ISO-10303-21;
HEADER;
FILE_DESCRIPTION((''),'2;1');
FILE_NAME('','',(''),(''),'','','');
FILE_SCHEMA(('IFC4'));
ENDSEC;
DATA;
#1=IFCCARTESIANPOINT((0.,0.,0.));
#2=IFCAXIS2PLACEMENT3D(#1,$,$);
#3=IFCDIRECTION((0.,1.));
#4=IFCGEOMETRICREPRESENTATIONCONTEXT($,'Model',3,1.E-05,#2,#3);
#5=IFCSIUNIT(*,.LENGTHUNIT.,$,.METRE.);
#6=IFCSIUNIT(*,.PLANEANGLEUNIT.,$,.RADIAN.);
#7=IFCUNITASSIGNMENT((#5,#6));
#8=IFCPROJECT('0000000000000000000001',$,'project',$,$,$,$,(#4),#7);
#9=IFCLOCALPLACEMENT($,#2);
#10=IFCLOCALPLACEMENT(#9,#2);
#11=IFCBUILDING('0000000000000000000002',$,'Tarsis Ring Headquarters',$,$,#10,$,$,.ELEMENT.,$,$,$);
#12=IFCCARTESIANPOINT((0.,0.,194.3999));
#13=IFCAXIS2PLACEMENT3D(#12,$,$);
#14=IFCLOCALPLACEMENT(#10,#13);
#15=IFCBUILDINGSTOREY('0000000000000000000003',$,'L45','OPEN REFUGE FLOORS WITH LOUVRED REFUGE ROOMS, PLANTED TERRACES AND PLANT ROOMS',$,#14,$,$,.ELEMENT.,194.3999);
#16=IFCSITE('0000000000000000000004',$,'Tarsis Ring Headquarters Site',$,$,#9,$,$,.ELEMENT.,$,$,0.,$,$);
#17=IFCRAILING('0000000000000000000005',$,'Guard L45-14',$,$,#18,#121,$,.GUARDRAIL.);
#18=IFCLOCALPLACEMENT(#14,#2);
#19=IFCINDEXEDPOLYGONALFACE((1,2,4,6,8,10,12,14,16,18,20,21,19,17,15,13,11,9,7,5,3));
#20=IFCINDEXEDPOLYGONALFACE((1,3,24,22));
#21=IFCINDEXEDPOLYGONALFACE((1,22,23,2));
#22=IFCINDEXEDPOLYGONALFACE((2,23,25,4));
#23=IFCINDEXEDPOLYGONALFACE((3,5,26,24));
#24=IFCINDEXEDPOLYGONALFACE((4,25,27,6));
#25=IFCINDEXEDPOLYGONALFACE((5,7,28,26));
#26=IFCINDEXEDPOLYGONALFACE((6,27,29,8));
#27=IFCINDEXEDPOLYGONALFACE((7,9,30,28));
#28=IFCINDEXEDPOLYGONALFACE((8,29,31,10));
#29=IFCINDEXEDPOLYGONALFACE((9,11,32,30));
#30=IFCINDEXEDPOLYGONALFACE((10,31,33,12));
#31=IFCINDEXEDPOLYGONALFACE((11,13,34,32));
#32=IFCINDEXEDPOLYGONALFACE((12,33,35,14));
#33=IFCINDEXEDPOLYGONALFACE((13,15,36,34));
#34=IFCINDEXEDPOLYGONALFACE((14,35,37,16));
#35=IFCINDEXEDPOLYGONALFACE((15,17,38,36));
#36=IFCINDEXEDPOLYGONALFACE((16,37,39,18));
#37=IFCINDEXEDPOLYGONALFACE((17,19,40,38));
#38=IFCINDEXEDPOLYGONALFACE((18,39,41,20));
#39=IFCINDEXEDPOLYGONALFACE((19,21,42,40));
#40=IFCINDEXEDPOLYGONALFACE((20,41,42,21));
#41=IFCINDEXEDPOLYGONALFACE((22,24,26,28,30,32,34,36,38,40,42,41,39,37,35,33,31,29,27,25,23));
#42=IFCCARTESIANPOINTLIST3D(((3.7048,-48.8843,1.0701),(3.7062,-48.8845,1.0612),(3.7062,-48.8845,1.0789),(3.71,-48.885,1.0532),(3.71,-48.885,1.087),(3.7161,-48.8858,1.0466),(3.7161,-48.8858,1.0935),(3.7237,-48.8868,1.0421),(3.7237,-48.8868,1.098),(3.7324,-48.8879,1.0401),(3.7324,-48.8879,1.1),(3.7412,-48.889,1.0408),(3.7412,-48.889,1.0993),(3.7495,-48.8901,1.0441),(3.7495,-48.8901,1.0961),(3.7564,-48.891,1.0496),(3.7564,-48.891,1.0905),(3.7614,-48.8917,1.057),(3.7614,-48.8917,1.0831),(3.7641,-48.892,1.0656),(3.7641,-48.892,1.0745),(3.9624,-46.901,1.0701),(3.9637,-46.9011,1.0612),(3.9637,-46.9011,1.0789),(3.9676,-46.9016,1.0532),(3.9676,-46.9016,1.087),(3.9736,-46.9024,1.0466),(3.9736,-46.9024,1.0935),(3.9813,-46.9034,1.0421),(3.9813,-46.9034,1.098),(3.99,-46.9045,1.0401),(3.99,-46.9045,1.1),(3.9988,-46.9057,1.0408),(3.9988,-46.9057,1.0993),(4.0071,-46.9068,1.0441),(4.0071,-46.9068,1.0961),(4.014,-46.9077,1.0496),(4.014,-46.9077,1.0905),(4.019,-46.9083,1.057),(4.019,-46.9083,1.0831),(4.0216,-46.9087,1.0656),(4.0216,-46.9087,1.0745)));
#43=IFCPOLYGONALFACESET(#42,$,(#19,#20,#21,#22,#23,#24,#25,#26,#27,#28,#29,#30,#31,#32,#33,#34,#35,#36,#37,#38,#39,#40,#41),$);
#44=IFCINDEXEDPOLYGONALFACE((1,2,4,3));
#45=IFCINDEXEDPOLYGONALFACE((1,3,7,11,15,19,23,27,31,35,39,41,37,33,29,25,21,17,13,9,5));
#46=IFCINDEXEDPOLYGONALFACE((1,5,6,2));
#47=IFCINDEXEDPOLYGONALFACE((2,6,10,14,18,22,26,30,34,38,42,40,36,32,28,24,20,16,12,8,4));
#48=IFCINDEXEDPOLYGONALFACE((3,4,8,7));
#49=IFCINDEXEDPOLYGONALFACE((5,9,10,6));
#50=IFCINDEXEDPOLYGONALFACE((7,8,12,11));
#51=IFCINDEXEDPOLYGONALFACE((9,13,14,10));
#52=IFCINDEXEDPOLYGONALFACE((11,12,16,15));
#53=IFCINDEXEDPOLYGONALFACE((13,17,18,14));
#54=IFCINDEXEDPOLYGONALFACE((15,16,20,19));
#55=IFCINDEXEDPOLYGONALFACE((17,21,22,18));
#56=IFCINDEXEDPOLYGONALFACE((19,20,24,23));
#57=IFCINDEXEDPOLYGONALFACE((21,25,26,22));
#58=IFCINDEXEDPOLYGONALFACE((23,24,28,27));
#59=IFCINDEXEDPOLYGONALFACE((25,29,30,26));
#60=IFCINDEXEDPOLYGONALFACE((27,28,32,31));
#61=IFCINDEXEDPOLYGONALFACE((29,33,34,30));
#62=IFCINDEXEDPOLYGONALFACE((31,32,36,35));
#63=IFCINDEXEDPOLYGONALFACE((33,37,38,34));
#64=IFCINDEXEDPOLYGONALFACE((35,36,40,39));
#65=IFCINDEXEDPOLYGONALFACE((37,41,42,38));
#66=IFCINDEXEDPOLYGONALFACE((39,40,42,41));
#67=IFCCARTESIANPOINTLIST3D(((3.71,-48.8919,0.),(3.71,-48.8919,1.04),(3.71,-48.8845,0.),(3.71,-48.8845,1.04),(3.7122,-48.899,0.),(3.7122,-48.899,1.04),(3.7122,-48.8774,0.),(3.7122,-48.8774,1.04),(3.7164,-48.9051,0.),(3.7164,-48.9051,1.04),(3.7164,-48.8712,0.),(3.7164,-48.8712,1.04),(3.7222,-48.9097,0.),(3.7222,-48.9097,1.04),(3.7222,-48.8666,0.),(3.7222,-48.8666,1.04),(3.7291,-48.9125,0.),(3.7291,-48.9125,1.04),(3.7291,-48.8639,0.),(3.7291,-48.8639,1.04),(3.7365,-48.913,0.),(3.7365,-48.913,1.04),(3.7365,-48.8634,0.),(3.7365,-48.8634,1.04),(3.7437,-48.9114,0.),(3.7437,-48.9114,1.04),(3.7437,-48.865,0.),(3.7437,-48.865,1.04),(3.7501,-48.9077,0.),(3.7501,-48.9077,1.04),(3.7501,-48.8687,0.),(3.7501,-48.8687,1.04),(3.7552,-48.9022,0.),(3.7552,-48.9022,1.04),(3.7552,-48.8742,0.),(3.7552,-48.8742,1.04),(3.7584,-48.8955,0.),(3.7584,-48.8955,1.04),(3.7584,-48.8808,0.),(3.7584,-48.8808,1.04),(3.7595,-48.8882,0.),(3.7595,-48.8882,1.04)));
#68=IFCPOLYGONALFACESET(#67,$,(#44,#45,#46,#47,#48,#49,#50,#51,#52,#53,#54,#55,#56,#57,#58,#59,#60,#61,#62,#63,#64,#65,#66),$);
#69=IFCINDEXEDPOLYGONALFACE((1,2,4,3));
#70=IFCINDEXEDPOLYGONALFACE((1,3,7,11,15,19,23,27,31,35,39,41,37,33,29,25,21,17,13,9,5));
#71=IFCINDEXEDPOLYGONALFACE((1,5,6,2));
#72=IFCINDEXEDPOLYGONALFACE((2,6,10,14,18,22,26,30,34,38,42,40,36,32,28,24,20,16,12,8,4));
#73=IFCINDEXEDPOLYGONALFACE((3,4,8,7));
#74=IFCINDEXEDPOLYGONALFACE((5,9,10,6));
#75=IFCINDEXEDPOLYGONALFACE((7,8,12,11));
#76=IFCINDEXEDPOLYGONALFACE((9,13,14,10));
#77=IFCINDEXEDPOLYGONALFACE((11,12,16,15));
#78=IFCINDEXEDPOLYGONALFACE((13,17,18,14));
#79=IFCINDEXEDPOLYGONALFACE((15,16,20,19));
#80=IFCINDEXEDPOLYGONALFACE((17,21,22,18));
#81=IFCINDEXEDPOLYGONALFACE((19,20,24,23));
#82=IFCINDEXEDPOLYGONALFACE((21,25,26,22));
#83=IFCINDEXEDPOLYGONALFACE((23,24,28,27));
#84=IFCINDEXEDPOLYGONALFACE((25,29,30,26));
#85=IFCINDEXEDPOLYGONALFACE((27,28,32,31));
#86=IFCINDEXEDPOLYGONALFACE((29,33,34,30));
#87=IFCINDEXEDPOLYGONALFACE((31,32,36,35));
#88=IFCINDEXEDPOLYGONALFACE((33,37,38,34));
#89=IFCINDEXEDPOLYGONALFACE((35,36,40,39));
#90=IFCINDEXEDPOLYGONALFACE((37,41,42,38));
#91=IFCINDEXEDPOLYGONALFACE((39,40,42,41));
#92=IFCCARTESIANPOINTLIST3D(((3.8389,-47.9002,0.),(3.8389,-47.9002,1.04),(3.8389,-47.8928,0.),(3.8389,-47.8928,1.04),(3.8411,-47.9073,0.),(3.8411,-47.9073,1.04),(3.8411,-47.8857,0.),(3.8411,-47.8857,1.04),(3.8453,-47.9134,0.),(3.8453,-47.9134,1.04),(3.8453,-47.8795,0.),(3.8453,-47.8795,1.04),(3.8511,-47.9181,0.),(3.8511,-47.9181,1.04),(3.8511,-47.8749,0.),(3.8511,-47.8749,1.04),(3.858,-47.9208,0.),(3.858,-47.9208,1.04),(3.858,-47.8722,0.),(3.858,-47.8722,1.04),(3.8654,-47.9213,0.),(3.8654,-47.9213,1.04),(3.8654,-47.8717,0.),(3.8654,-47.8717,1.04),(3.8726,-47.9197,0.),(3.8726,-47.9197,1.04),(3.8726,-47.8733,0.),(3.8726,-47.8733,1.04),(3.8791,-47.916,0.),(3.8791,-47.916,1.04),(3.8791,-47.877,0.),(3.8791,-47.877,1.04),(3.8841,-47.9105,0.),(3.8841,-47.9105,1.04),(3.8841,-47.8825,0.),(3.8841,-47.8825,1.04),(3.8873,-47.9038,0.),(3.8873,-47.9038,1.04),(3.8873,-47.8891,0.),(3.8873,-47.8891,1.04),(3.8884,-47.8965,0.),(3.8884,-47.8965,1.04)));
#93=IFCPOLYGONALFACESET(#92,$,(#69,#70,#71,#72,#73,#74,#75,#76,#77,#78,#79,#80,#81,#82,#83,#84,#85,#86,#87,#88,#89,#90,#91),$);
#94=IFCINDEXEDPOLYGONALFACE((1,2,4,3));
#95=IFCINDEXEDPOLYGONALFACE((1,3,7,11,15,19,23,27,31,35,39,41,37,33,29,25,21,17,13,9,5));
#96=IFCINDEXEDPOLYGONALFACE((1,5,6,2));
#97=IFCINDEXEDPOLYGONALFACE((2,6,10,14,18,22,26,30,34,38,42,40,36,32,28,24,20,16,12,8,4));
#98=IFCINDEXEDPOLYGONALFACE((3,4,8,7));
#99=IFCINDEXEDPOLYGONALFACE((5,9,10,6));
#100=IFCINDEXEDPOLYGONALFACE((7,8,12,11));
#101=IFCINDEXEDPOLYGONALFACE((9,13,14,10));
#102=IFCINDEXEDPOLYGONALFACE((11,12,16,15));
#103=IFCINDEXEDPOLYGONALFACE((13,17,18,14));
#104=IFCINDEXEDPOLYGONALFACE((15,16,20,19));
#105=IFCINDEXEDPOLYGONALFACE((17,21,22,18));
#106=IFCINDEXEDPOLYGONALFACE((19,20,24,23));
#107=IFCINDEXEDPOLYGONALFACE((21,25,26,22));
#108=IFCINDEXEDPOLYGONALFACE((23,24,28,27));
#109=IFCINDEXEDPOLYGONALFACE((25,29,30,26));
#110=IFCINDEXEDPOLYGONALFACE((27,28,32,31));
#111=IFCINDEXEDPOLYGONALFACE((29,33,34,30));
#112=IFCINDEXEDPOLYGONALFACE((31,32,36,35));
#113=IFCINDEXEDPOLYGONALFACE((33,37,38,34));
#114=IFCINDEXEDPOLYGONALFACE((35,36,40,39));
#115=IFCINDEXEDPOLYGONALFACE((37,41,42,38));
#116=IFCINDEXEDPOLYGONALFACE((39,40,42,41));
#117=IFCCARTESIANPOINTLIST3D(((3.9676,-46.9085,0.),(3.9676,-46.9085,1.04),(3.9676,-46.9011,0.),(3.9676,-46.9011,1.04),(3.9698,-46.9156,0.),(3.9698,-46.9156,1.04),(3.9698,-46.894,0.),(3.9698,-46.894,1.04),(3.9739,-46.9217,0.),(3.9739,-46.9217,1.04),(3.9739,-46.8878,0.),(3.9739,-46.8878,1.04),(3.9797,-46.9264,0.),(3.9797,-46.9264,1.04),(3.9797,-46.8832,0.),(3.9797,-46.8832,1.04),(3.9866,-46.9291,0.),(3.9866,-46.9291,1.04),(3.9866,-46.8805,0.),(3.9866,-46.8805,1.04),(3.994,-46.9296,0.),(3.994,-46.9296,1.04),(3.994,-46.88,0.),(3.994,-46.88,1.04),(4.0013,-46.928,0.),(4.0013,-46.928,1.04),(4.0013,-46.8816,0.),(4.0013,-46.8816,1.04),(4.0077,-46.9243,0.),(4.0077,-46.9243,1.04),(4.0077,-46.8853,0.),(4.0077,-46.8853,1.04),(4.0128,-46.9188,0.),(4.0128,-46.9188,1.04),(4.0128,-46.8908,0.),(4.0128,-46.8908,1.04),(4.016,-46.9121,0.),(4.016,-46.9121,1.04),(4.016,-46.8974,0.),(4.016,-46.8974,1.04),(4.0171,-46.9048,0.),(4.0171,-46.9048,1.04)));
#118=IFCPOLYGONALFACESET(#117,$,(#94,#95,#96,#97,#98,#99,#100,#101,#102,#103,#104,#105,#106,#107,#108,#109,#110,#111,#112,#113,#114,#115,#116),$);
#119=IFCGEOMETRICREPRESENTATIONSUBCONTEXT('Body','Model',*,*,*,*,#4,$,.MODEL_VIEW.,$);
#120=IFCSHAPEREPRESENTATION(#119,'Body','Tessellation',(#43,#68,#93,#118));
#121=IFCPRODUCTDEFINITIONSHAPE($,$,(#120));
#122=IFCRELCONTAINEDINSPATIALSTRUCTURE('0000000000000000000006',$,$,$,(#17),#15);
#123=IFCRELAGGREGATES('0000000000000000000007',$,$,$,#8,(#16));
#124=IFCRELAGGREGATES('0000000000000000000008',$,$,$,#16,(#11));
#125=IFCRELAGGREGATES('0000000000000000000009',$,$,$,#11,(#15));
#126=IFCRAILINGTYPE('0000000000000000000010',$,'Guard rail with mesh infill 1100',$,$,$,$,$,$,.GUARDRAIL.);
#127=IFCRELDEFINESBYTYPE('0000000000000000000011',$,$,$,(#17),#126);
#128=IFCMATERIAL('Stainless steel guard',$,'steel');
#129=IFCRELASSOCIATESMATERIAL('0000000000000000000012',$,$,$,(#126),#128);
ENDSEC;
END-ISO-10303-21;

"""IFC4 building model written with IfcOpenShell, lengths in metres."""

from ifc_helpers import new_model, si_unit, direction, frame, origin, origin_2d, place, context, subcontext, project, spatial, circle, extrude, material, type_object, element, save


model = new_model("IFC4")

# Units and contexts
model_context = context("Model", 3, precision=1e-05, world=origin(), true_north=direction((0.0, 1.0)))
body_context = subcontext(model_context, "Body", "Model", "MODEL_VIEW")
ifc_project = project(units=[si_unit("LENGTHUNIT", "METRE"), si_unit("PLANEANGLEUNIT", "RADIAN")], contexts=[model_context])

# Site, building, storey
site_placement = place(None, origin())
site = spatial("IfcSite", under=ifc_project, at=site_placement, Name="Tarsis Ring Headquarters Site", CompositionType="ELEMENT", RefElevation=0.0)
building_placement = place(site_placement, origin())
building = spatial("IfcBuilding", under=site, at=building_placement, Name="Tarsis Ring Headquarters", CompositionType="ELEMENT")
storey_placement = place(building_placement, frame((0.0, 0.0, 194.3999)))
storey = spatial("IfcBuildingStorey", under=building, at=storey_placement, Name="L45", Description="OPEN REFUGE FLOORS WITH LOUVRED REFUGE ROOMS, PLANTED TERRACES AND PLANT ROOMS", CompositionType="ELEMENT", Elevation=194.3999)

# Railing
ifc_material_1 = material(Name="Stainless steel guard", Category="steel")
railing_type_1 = type_object("IfcRailingType", Name="Guard rail with mesh infill 1100", PredefinedType="GUARDRAIL", material=ifc_material_1)
railing_1_placement = place(storey_placement, frame((3.7346, -48.8882, 0.0)))
element("IfcRailing", 1, at=railing_1_placement, inside=storey, type_object=railing_type_1, Name="Guard L45-14", PredefinedType="GUARDRAIL", context=body_context, shape_type="SweptSolid", body=[
    extrude(circle(Radius=0.03, at=origin_2d()), frame((0.0, 0.0, 1.0701), z_axis=(0.128781, 0.991673, 0.0), x_axis=(-0.991673, 0.128781, 0.0)), (0.0, 0.0, 1.0), 2.0),
    extrude(circle(Radius=0.0249, at=origin_2d()), origin(), (0.0, 0.0, 1.0), 1.04),
    extrude(circle(Radius=0.0249, at=origin_2d()), frame((0.1289, 0.9917, 0.0)), (0.0, 0.0, 1.0), 1.04),
    extrude(circle(Radius=0.0249, at=origin_2d()), frame((0.2576, 1.9834, 0.0)), (0.0, 0.0, 1.0), 1.04),
])

save(model, "model.ifc")
